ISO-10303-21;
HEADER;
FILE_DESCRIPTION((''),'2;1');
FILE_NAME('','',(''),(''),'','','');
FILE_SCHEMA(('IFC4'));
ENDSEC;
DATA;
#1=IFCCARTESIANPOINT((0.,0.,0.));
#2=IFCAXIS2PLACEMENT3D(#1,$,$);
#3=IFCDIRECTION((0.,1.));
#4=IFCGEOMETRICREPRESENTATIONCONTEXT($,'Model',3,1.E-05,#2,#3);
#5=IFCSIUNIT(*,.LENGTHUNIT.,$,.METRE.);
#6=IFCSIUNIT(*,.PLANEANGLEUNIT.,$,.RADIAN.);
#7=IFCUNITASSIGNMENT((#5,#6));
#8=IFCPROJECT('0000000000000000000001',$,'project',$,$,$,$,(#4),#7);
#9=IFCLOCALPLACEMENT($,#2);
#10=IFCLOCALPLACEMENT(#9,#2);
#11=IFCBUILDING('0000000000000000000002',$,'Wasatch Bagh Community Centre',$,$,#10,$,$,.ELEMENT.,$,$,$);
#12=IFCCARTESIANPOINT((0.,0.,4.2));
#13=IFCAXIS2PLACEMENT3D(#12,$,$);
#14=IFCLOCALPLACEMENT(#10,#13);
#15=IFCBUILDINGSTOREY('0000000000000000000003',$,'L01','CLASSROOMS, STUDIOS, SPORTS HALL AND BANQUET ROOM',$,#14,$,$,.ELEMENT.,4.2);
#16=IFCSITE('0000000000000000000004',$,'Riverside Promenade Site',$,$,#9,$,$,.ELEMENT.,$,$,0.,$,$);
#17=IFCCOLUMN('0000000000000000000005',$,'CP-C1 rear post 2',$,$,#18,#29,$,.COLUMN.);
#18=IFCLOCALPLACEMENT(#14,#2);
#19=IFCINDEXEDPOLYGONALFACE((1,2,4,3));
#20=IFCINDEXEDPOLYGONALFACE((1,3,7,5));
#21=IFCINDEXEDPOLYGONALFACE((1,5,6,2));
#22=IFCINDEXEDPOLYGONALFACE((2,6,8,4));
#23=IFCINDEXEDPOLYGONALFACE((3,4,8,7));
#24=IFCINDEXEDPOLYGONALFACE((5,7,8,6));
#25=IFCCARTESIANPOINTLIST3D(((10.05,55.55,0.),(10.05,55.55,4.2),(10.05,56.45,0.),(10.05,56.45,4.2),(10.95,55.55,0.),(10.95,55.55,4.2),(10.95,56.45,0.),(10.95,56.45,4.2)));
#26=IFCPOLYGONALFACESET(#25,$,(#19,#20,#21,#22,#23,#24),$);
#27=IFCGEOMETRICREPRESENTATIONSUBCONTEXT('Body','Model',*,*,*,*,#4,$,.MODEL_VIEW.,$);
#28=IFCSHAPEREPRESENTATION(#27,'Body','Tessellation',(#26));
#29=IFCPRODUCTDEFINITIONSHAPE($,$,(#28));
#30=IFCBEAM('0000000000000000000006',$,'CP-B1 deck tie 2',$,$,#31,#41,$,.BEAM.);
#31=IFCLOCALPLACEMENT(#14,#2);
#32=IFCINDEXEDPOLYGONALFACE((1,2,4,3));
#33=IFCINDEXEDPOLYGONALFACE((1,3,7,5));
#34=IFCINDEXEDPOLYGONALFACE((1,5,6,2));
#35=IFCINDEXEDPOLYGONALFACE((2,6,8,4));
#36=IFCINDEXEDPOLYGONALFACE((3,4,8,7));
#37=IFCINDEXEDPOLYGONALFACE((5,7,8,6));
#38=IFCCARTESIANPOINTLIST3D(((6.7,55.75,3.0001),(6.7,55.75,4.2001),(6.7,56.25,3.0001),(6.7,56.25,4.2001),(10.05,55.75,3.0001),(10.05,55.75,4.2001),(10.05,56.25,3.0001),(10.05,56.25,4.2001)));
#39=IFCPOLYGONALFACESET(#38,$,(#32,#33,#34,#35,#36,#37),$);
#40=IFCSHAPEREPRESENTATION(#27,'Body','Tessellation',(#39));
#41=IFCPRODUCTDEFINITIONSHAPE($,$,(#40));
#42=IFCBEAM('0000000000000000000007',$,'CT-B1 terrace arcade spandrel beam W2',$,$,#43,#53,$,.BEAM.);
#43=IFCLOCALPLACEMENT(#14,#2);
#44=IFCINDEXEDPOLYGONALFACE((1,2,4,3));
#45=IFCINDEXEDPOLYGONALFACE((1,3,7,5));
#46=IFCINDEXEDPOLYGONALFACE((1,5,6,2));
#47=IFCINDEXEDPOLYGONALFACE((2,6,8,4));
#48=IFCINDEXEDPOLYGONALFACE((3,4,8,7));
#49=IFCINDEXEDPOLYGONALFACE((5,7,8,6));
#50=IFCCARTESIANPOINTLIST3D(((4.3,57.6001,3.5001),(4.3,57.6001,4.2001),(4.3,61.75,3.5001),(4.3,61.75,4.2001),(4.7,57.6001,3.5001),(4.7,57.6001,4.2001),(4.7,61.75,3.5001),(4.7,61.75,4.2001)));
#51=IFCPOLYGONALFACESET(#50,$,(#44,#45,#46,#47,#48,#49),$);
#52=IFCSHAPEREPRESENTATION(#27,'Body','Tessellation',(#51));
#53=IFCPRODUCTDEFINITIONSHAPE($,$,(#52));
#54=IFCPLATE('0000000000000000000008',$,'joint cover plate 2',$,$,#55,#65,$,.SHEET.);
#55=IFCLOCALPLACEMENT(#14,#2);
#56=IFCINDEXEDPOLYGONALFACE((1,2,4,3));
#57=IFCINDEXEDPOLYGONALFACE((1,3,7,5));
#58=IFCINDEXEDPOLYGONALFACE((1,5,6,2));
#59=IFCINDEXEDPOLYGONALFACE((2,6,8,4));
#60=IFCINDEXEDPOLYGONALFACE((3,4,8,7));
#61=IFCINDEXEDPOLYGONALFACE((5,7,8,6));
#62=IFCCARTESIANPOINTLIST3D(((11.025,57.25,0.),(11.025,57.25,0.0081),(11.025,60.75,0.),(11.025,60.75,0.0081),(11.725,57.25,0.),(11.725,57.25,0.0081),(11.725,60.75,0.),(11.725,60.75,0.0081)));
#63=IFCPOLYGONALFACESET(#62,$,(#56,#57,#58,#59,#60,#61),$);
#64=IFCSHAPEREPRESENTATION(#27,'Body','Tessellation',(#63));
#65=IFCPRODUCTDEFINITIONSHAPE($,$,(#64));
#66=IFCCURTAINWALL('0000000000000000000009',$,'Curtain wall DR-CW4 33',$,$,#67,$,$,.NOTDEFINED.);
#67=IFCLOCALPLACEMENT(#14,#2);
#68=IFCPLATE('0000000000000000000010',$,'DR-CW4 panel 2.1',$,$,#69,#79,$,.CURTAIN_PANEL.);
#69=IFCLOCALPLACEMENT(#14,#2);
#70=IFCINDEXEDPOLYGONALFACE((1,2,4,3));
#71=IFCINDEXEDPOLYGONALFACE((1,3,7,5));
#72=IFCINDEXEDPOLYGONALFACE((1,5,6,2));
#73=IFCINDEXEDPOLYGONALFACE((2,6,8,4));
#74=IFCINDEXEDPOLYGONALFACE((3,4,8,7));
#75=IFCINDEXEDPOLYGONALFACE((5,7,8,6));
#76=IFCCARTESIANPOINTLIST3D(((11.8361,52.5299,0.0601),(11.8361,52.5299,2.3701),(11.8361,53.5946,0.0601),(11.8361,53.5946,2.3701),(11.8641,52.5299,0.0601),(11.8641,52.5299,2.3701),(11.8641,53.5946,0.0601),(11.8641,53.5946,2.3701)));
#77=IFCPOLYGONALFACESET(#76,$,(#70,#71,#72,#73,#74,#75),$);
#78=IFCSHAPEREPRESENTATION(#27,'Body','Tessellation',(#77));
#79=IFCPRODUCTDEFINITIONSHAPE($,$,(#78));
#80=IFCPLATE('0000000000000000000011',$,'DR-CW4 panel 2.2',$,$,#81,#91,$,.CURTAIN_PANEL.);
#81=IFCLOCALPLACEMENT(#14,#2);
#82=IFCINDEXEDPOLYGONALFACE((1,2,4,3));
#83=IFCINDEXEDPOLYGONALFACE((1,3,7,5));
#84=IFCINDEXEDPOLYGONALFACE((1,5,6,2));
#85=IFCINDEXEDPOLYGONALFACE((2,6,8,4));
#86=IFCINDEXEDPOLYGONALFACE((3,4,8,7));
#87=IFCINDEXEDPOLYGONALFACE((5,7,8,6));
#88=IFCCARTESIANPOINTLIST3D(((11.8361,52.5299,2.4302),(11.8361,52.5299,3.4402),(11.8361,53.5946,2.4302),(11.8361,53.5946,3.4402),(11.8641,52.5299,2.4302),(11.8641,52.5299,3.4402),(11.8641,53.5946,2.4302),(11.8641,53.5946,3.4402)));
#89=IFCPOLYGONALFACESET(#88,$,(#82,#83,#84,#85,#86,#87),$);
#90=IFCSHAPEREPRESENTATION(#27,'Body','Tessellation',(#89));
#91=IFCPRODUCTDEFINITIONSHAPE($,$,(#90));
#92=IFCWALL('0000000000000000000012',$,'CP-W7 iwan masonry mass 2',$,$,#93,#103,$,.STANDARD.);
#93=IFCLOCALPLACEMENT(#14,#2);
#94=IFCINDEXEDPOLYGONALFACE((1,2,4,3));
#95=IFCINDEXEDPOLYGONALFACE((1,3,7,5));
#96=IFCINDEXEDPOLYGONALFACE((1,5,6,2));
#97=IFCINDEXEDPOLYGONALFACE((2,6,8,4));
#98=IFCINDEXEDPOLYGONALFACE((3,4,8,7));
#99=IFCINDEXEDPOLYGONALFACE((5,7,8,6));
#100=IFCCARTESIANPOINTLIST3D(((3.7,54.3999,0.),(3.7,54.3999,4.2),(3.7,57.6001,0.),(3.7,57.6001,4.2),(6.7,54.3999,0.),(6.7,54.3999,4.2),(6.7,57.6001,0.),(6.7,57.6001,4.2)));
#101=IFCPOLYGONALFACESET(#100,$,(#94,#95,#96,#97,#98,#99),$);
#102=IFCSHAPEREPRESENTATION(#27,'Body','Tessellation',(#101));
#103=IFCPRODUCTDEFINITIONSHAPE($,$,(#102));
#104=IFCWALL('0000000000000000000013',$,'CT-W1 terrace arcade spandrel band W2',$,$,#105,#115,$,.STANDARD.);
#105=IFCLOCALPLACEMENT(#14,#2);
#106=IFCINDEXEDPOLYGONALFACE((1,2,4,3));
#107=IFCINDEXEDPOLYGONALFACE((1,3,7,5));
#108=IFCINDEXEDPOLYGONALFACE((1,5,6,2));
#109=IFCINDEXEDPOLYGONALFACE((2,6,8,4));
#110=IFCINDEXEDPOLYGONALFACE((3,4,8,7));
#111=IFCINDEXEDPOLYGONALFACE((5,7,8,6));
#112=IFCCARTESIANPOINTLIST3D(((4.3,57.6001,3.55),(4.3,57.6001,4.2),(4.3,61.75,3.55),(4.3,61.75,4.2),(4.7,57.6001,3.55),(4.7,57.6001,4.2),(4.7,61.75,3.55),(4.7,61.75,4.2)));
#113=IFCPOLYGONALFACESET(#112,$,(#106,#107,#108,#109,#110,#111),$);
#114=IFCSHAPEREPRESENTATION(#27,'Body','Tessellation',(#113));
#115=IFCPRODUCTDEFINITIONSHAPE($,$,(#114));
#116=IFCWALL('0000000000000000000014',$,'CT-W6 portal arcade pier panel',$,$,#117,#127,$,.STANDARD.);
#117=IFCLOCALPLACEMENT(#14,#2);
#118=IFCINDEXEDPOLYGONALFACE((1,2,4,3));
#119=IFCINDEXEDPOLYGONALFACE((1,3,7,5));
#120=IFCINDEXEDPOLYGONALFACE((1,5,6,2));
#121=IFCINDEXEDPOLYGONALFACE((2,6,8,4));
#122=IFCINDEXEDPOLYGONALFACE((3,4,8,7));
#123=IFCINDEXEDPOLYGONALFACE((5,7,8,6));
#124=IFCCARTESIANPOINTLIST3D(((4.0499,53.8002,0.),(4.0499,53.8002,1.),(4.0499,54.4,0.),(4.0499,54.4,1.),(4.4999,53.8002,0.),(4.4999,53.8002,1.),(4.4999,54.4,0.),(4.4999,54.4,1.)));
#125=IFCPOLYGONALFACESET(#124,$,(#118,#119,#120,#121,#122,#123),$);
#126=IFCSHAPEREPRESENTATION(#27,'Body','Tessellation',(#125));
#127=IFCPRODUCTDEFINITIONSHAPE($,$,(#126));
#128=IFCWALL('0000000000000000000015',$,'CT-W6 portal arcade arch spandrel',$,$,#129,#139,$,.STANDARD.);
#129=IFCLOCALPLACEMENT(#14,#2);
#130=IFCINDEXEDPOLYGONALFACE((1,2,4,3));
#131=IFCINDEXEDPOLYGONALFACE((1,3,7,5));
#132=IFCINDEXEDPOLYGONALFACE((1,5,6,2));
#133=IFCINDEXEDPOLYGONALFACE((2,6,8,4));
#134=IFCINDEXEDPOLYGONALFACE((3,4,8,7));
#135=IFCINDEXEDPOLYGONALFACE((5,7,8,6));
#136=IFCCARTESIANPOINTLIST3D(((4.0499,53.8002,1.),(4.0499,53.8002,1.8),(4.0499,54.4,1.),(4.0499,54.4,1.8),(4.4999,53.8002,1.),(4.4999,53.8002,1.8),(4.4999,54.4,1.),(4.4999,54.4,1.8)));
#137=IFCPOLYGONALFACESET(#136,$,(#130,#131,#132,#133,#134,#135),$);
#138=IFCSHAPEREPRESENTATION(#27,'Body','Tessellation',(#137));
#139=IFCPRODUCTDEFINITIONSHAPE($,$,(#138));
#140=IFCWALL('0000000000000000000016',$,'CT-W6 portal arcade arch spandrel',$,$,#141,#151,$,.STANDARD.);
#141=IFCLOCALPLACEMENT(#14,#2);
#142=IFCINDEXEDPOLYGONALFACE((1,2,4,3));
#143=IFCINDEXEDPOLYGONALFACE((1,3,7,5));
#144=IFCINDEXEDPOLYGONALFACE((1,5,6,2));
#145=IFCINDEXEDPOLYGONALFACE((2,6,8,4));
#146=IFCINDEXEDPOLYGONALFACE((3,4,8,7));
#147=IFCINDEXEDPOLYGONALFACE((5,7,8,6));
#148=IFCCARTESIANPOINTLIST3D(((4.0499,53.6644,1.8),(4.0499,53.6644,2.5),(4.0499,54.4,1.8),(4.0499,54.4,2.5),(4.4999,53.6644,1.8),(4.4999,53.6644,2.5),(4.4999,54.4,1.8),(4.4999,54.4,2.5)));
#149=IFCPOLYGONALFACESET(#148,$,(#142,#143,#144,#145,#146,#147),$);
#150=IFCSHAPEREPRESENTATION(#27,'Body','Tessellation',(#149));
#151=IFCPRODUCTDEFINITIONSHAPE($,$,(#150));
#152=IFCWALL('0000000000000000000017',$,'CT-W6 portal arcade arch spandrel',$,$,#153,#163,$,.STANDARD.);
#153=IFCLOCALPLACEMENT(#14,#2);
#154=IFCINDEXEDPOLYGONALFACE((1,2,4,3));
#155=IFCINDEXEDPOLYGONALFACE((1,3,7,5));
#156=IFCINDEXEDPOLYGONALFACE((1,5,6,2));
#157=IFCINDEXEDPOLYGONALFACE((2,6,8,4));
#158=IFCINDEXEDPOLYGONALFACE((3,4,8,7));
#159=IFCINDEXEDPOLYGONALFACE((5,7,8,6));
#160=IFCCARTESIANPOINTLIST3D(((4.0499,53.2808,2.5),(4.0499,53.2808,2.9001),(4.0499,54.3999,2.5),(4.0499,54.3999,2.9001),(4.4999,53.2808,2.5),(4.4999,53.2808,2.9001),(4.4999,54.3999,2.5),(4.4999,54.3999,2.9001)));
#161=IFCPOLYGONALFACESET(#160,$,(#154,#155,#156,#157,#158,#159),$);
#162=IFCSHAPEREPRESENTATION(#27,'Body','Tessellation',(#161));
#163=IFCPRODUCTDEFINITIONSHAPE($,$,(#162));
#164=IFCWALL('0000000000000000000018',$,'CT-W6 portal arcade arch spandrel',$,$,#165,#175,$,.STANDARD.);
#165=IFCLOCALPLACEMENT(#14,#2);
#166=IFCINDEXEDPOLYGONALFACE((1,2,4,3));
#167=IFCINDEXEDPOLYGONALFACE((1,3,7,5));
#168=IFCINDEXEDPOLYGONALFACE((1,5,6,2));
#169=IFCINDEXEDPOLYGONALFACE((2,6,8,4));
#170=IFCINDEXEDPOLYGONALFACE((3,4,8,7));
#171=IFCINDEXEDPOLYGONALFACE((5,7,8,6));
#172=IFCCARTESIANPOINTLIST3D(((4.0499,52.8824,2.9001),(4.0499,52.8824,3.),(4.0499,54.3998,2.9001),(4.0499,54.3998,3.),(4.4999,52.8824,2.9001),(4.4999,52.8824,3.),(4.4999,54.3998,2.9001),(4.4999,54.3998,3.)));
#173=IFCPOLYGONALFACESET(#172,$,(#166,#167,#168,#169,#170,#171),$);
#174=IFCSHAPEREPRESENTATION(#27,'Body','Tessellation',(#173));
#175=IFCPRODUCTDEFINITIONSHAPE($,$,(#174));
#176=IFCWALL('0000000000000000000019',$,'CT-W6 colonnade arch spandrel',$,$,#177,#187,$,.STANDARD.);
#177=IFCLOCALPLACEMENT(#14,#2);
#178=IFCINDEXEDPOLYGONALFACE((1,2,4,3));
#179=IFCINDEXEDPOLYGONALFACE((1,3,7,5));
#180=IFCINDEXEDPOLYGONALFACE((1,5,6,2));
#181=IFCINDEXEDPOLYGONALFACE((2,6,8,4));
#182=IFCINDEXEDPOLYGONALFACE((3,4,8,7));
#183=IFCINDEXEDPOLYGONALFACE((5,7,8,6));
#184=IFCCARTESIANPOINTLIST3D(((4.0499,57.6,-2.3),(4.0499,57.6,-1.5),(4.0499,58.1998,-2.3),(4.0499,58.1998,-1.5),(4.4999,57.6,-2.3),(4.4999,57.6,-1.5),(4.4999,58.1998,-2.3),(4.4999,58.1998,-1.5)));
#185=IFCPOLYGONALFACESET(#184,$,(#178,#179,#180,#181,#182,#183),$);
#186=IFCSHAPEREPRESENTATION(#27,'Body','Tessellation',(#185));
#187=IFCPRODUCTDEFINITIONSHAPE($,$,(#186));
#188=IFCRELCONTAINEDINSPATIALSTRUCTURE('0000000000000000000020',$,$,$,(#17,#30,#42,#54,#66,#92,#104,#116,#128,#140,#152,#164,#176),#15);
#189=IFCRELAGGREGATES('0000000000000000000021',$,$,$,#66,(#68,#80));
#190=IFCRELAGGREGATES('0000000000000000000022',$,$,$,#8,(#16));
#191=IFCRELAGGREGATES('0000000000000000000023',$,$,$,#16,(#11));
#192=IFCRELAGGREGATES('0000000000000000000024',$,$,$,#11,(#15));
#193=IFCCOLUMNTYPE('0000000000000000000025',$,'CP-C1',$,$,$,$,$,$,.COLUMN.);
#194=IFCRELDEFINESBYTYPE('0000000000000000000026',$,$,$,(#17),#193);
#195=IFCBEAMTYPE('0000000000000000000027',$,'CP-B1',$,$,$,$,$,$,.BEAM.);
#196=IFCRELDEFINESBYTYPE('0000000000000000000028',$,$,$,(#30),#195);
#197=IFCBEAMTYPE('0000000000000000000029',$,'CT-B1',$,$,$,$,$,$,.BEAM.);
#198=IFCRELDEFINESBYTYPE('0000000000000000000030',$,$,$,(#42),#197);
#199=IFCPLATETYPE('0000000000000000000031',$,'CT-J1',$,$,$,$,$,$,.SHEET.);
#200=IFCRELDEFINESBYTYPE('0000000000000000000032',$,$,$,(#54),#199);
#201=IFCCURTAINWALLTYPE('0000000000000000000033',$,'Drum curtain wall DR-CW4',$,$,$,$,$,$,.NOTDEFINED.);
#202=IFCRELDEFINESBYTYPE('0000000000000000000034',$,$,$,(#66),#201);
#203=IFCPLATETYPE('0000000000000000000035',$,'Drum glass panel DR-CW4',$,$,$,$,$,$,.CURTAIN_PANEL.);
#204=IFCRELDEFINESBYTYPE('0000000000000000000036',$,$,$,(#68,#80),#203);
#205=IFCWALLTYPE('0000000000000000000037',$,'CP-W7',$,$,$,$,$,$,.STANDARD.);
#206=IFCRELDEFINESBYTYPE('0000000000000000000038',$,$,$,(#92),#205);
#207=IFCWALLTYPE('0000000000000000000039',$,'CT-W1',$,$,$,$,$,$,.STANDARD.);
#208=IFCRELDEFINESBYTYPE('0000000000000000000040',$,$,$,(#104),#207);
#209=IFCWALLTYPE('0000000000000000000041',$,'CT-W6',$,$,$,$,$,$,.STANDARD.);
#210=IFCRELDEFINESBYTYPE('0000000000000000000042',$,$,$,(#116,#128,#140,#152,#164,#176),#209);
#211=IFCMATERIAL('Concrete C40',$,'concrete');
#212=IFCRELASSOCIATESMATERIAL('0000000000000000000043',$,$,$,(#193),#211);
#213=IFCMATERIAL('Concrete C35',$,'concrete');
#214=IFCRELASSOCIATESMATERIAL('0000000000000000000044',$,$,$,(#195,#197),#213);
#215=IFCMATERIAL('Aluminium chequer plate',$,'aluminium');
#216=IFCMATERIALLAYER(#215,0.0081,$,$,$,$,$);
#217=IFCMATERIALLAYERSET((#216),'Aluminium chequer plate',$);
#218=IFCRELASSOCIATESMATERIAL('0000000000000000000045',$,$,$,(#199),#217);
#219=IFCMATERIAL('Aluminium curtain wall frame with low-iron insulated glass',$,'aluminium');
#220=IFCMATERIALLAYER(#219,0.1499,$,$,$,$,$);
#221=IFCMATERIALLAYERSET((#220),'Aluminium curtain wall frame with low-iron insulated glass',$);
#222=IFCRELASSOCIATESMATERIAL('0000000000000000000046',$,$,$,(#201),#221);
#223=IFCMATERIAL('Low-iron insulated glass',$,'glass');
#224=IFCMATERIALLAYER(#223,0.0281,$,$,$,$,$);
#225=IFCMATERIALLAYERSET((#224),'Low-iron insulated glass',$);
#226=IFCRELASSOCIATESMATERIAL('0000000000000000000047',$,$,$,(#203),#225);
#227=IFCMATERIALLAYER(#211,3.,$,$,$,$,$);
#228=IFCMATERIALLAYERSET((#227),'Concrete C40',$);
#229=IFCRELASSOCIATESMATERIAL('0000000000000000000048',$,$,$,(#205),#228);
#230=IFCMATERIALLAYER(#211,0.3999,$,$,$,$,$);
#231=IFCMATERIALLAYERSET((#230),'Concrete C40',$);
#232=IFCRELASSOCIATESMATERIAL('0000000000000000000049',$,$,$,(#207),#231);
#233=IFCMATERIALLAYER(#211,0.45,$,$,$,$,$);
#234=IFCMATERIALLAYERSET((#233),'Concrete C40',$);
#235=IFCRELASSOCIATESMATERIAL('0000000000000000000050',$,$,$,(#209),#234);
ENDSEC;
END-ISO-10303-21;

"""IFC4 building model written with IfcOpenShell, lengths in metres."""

from ifc_helpers import new_model, si_unit, direction, frame, frame_2d, origin, origin_2d, place, context, subcontext, project, spatial, rectangle, extrude, material, layer, layer_set, material_profile, profile_set, type_object, element, aggregate, save


model = new_model("IFC4")

# Units and contexts
model_context = context("Model", 3, precision=1e-05, world=origin(), true_north=direction((0.0, 1.0)))
body_context = subcontext(model_context, "Body", "Model", "MODEL_VIEW")
ifc_project = project(units=[si_unit("LENGTHUNIT", "METRE"), si_unit("PLANEANGLEUNIT", "RADIAN")], contexts=[model_context])

# Site, building, storey
site_placement = place(None, origin())
site = spatial("IfcSite", under=ifc_project, at=site_placement, Name="Riverside Promenade Site", CompositionType="ELEMENT", RefElevation=0.0)
building_placement = place(site_placement, origin())
building = spatial("IfcBuilding", under=site, at=building_placement, Name="Wasatch Bagh Community Centre", CompositionType="ELEMENT")
storey_placement = place(building_placement, frame((0.0, 0.0, 4.2)))
storey = spatial("IfcBuildingStorey", under=building, at=storey_placement, Name="L01", Description="CLASSROOMS, STUDIOS, SPORTS HALL AND BANQUET ROOM", CompositionType="ELEMENT", Elevation=4.2)

# Column
ifc_material_1 = material(Name="Concrete C40", Category="concrete")
ifc_material_profile_1 = material_profile(ifc_material_1, rectangle(XDim=0.8999, YDim=0.8999, at=origin_2d()), Name="RC 900x900")
ifc_profile_set_1 = profile_set([ifc_material_profile_1], Name="Concrete C40")
column_type = type_object("IfcColumnType", Name="CP-C1", PredefinedType="COLUMN", material=ifc_profile_set_1)
column_placement = place(storey_placement, frame((10.5, 56.0, 0.0), z_axis=(0.0, 0.0, 1.0), x_axis=(1.0, 0.0, 0.0)))
element("IfcColumn", 1, at=column_placement, inside=storey, type_object=column_type, Name="CP-C1 rear post 2", PredefinedType="COLUMN", context=body_context, shape_type="SweptSolid", body=[
    extrude(rectangle(XDim=0.8999, YDim=0.8999, at=origin_2d()), origin(), (0.0, 0.0, 1.0), 4.2),
])

# Beams
ifc_material_2 = material(Name="Concrete C35", Category="concrete")
ifc_material_profile_2 = material_profile(ifc_material_2, rectangle(XDim=0.5, YDim=1.2, at=origin_2d()), Name="RC 500x1200")
ifc_profile_set_2 = profile_set([ifc_material_profile_2], Name="Concrete C35")
beam_type_1 = type_object("IfcBeamType", Name="CP-B1", PredefinedType="BEAM", material=ifc_profile_set_2)
beam_1_placement = place(storey_placement, frame((6.7, 56.0, 3.6001), z_axis=(1.0, 0.0, 0.0), x_axis=(0.0, 1.0, 0.0)))
element("IfcBeam", 2, at=beam_1_placement, inside=storey, type_object=beam_type_1, Name="CP-B1 deck tie 2", PredefinedType="BEAM", context=body_context, shape_type="SweptSolid", body=[
    extrude(rectangle(XDim=0.5, YDim=1.2, at=origin_2d()), origin(), (0.0, 0.0, 1.0), 3.3501),
])
ifc_material_profile_3 = material_profile(ifc_material_2, rectangle(XDim=0.3999, YDim=0.7, at=origin_2d()), Name="RC 400x700")
ifc_profile_set_3 = profile_set([ifc_material_profile_3], Name="Concrete C35")
beam_type_2 = type_object("IfcBeamType", Name="CT-B1", PredefinedType="BEAM", material=ifc_profile_set_3)
beam_2_placement = place(storey_placement, frame((4.5, 57.6001, 3.8501), z_axis=(0.0, 1.0, 0.0), x_axis=(-1.0, 0.0, 0.0)))
element("IfcBeam", 3, at=beam_2_placement, inside=storey, type_object=beam_type_2, Name="CT-B1 terrace arcade spandrel beam W2", PredefinedType="BEAM", context=body_context, shape_type="SweptSolid", body=[
    extrude(rectangle(XDim=0.3999, YDim=0.7, at=origin_2d()), origin(), (0.0, 0.0, 1.0), 4.1499),
])

# Plate
ifc_material_3 = material(Name="Aluminium chequer plate", Category="aluminium")
ifc_layer_1 = layer(ifc_material_3, 0.0081)
ifc_layer_set_1 = layer_set([ifc_layer_1], Name="Aluminium chequer plate")
plate_type_1 = type_object("IfcPlateType", Name="CT-J1", PredefinedType="SHEET", material=ifc_layer_set_1)
plate_1_placement = place(storey_placement, frame((11.375, 59.0, 0.0), z_axis=(0.0, 0.0, 1.0), x_axis=(1.0, 0.0, 0.0)))
element("IfcPlate", 4, at=plate_1_placement, inside=storey, type_object=plate_type_1, Name="joint cover plate 2", PredefinedType="SHEET", context=body_context, shape_type="SweptSolid", body=[
    extrude(rectangle(XDim=0.7, YDim=3.5, at=origin_2d()), origin(), (0.0, 0.0, 1.0), 0.0081),
])

# Curtain wall, plates
ifc_material_4 = material(Name="Aluminium curtain wall frame with low-iron insulated glass", Category="aluminium")
ifc_layer_2 = layer(ifc_material_4, 0.1499)
ifc_layer_set_2 = layer_set([ifc_layer_2], Name="Aluminium curtain wall frame with low-iron insulated glass")
curtain_wall_type = type_object("IfcCurtainWallType", Name="Drum curtain wall DR-CW4", PredefinedType="NOTDEFINED", material=ifc_layer_set_2)
curtain_wall_placement = place(storey_placement, origin())
curtain_wall = element("IfcCurtainWall", 5, at=curtain_wall_placement, inside=storey, type_object=curtain_wall_type, Name="Curtain wall DR-CW4 33", PredefinedType="NOTDEFINED")
ifc_material_5 = material(Name="Low-iron insulated glass", Category="glass")
ifc_layer_3 = layer(ifc_material_5, 0.0281)
ifc_layer_set_3 = layer_set([ifc_layer_3], Name="Low-iron insulated glass")
plate_type_2 = type_object("IfcPlateType", Name="Drum glass panel DR-CW4", PredefinedType="CURTAIN_PANEL", material=ifc_layer_set_3)
plate_2_placement = place(storey_placement, frame((11.8501, 53.0623, 0.0601), z_axis=(0.0, 0.0, 1.0), x_axis=(0.0, -1.0, 0.0)))
plate_2 = element("IfcPlate", 6, at=plate_2_placement, type_object=plate_type_2, Name="DR-CW4 panel 2.1", PredefinedType="CURTAIN_PANEL", context=body_context, shape_type="SweptSolid", body=[
    extrude(rectangle(XDim=1.0647, YDim=0.0281, at=origin_2d()), origin(), (0.0, 0.0, 1.0), 2.3101),
])
plate_3_placement = place(storey_placement, frame((11.8501, 53.0623, 2.4302), z_axis=(0.0, 0.0, 1.0), x_axis=(0.0, -1.0, 0.0)))
plate_3 = element("IfcPlate", 7, at=plate_3_placement, type_object=plate_type_2, Name="DR-CW4 panel 2.2", PredefinedType="CURTAIN_PANEL", context=body_context, shape_type="SweptSolid", body=[
    extrude(rectangle(XDim=1.0647, YDim=0.0281, at=origin_2d()), origin(), (0.0, 0.0, 1.0), 1.01),
])
aggregate(curtain_wall, [plate_2, plate_3])

# Walls
ifc_layer_4 = layer(ifc_material_1, 3.0)
ifc_layer_set_4 = layer_set([ifc_layer_4], Name="Concrete C40")
wall_type_1 = type_object("IfcWallType", Name="CP-W7", PredefinedType="STANDARD", material=ifc_layer_set_4)
wall_1_placement = place(storey_placement, frame((5.2, 54.3999, 0.0), z_axis=(0.0, 0.0, 1.0), x_axis=(0.0, 1.0, 0.0)))
element("IfcWall", 8, at=wall_1_placement, inside=storey, type_object=wall_type_1, Name="CP-W7 iwan masonry mass 2", PredefinedType="STANDARD", context=body_context, shape_type="SweptSolid", body=[
    extrude(rectangle(XDim=3.2002, YDim=3.0, at=frame_2d((1.6001, 0.0))), origin(), (0.0, 0.0, 1.0), 4.2),
])
ifc_layer_5 = layer(ifc_material_1, 0.3999)
ifc_layer_set_5 = layer_set([ifc_layer_5], Name="Concrete C40")
wall_type_2 = type_object("IfcWallType", Name="CT-W1", PredefinedType="STANDARD", material=ifc_layer_set_5)
wall_2_placement = place(storey_placement, frame((4.5, 57.6001, 3.55), z_axis=(0.0, 0.0, 1.0), x_axis=(0.0, 1.0, 0.0)))
element("IfcWall", 9, at=wall_2_placement, inside=storey, type_object=wall_type_2, Name="CT-W1 terrace arcade spandrel band W2", PredefinedType="STANDARD", context=body_context, shape_type="SweptSolid", body=[
    extrude(rectangle(XDim=4.1499, YDim=0.3999, at=frame_2d((2.075, 0.0))), origin(), (0.0, 0.0, 1.0), 0.6499),
])
ifc_layer_6 = layer(ifc_material_1, 0.45)
ifc_layer_set_6 = layer_set([ifc_layer_6], Name="Concrete C40")
wall_type_3 = type_object("IfcWallType", Name="CT-W6", PredefinedType="STANDARD", material=ifc_layer_set_6)
wall_3_placement = place(storey_placement, frame((4.2749, 54.3999, 0.0), z_axis=(0.0, 0.0, 1.0), x_axis=(0.0, -1.0, 0.0)))
element("IfcWall", 10, at=wall_3_placement, inside=storey, type_object=wall_type_3, Name="CT-W6 portal arcade pier panel", PredefinedType="STANDARD", context=body_context, shape_type="SweptSolid", body=[
    extrude(rectangle(XDim=0.5999, YDim=0.45, at=frame_2d((0.2998, 0.0))), origin(), (0.0, 0.0, 1.0), 1.0),
])
wall_4_placement = place(storey_placement, frame((4.2749, 54.3999, 1.0), z_axis=(0.0, 0.0, 1.0), x_axis=(0.0, -1.0, 0.0)))
element("IfcWall", 11, at=wall_4_placement, inside=storey, type_object=wall_type_3, Name="CT-W6 portal arcade arch spandrel", PredefinedType="STANDARD", context=body_context, shape_type="SweptSolid", body=[
    extrude(rectangle(XDim=0.5999, YDim=0.45, at=frame_2d((0.2998, 0.0))), origin(), (0.0, 0.0, 1.0), 0.8),
])
wall_5_placement = place(storey_placement, frame((4.2749, 54.3999, 1.8), z_axis=(0.0, 0.0, 1.0), x_axis=(0.0, -1.0, 0.0)))
element("IfcWall", 12, at=wall_5_placement, inside=storey, type_object=wall_type_3, Name="CT-W6 portal arcade arch spandrel", PredefinedType="STANDARD", context=body_context, shape_type="SweptSolid", body=[
    extrude(rectangle(XDim=0.7356, YDim=0.45, at=frame_2d((0.3677, 0.0))), origin(), (0.0, 0.0, 1.0), 0.7),
])
wall_6_placement = place(storey_placement, frame((4.2749, 54.3999, 2.5), z_axis=(0.0, 0.0, 1.0), x_axis=(0.0, -1.0, 0.0)))
element("IfcWall", 13, at=wall_6_placement, inside=storey, type_object=wall_type_3, Name="CT-W6 portal arcade arch spandrel", PredefinedType="STANDARD", context=body_context, shape_type="SweptSolid", body=[
    extrude(rectangle(XDim=1.1191, YDim=0.45, at=frame_2d((0.5596, 0.0))), origin(), (0.0, 0.0, 1.0), 0.4001),
])
wall_7_placement = place(storey_placement, frame((4.2749, 54.3999, 2.9001), z_axis=(0.0, 0.0, 1.0), x_axis=(0.0, -1.0, 0.0)))
element("IfcWall", 14, at=wall_7_placement, inside=storey, type_object=wall_type_3, Name="CT-W6 portal arcade arch spandrel", PredefinedType="STANDARD", context=body_context, shape_type="SweptSolid", body=[
    extrude(rectangle(XDim=1.5173, YDim=0.45, at=frame_2d((0.7588, 0.0))), origin(), (0.0, 0.0, 1.0), 0.0999),
])
wall_8_placement = place(storey_placement, frame((4.2749, 57.6001, -2.3), z_axis=(0.0, 0.0, 1.0), x_axis=(0.0, 1.0, 0.0)))
element("IfcWall", 15, at=wall_8_placement, inside=storey, type_object=wall_type_3, Name="CT-W6 colonnade arch spandrel", PredefinedType="STANDARD", context=body_context, shape_type="SweptSolid", body=[
    extrude(rectangle(XDim=0.5999, YDim=0.45, at=frame_2d((0.2998, 0.0))), origin(), (0.0, 0.0, 1.0), 0.8),
])

save(model, "model.ifc")
